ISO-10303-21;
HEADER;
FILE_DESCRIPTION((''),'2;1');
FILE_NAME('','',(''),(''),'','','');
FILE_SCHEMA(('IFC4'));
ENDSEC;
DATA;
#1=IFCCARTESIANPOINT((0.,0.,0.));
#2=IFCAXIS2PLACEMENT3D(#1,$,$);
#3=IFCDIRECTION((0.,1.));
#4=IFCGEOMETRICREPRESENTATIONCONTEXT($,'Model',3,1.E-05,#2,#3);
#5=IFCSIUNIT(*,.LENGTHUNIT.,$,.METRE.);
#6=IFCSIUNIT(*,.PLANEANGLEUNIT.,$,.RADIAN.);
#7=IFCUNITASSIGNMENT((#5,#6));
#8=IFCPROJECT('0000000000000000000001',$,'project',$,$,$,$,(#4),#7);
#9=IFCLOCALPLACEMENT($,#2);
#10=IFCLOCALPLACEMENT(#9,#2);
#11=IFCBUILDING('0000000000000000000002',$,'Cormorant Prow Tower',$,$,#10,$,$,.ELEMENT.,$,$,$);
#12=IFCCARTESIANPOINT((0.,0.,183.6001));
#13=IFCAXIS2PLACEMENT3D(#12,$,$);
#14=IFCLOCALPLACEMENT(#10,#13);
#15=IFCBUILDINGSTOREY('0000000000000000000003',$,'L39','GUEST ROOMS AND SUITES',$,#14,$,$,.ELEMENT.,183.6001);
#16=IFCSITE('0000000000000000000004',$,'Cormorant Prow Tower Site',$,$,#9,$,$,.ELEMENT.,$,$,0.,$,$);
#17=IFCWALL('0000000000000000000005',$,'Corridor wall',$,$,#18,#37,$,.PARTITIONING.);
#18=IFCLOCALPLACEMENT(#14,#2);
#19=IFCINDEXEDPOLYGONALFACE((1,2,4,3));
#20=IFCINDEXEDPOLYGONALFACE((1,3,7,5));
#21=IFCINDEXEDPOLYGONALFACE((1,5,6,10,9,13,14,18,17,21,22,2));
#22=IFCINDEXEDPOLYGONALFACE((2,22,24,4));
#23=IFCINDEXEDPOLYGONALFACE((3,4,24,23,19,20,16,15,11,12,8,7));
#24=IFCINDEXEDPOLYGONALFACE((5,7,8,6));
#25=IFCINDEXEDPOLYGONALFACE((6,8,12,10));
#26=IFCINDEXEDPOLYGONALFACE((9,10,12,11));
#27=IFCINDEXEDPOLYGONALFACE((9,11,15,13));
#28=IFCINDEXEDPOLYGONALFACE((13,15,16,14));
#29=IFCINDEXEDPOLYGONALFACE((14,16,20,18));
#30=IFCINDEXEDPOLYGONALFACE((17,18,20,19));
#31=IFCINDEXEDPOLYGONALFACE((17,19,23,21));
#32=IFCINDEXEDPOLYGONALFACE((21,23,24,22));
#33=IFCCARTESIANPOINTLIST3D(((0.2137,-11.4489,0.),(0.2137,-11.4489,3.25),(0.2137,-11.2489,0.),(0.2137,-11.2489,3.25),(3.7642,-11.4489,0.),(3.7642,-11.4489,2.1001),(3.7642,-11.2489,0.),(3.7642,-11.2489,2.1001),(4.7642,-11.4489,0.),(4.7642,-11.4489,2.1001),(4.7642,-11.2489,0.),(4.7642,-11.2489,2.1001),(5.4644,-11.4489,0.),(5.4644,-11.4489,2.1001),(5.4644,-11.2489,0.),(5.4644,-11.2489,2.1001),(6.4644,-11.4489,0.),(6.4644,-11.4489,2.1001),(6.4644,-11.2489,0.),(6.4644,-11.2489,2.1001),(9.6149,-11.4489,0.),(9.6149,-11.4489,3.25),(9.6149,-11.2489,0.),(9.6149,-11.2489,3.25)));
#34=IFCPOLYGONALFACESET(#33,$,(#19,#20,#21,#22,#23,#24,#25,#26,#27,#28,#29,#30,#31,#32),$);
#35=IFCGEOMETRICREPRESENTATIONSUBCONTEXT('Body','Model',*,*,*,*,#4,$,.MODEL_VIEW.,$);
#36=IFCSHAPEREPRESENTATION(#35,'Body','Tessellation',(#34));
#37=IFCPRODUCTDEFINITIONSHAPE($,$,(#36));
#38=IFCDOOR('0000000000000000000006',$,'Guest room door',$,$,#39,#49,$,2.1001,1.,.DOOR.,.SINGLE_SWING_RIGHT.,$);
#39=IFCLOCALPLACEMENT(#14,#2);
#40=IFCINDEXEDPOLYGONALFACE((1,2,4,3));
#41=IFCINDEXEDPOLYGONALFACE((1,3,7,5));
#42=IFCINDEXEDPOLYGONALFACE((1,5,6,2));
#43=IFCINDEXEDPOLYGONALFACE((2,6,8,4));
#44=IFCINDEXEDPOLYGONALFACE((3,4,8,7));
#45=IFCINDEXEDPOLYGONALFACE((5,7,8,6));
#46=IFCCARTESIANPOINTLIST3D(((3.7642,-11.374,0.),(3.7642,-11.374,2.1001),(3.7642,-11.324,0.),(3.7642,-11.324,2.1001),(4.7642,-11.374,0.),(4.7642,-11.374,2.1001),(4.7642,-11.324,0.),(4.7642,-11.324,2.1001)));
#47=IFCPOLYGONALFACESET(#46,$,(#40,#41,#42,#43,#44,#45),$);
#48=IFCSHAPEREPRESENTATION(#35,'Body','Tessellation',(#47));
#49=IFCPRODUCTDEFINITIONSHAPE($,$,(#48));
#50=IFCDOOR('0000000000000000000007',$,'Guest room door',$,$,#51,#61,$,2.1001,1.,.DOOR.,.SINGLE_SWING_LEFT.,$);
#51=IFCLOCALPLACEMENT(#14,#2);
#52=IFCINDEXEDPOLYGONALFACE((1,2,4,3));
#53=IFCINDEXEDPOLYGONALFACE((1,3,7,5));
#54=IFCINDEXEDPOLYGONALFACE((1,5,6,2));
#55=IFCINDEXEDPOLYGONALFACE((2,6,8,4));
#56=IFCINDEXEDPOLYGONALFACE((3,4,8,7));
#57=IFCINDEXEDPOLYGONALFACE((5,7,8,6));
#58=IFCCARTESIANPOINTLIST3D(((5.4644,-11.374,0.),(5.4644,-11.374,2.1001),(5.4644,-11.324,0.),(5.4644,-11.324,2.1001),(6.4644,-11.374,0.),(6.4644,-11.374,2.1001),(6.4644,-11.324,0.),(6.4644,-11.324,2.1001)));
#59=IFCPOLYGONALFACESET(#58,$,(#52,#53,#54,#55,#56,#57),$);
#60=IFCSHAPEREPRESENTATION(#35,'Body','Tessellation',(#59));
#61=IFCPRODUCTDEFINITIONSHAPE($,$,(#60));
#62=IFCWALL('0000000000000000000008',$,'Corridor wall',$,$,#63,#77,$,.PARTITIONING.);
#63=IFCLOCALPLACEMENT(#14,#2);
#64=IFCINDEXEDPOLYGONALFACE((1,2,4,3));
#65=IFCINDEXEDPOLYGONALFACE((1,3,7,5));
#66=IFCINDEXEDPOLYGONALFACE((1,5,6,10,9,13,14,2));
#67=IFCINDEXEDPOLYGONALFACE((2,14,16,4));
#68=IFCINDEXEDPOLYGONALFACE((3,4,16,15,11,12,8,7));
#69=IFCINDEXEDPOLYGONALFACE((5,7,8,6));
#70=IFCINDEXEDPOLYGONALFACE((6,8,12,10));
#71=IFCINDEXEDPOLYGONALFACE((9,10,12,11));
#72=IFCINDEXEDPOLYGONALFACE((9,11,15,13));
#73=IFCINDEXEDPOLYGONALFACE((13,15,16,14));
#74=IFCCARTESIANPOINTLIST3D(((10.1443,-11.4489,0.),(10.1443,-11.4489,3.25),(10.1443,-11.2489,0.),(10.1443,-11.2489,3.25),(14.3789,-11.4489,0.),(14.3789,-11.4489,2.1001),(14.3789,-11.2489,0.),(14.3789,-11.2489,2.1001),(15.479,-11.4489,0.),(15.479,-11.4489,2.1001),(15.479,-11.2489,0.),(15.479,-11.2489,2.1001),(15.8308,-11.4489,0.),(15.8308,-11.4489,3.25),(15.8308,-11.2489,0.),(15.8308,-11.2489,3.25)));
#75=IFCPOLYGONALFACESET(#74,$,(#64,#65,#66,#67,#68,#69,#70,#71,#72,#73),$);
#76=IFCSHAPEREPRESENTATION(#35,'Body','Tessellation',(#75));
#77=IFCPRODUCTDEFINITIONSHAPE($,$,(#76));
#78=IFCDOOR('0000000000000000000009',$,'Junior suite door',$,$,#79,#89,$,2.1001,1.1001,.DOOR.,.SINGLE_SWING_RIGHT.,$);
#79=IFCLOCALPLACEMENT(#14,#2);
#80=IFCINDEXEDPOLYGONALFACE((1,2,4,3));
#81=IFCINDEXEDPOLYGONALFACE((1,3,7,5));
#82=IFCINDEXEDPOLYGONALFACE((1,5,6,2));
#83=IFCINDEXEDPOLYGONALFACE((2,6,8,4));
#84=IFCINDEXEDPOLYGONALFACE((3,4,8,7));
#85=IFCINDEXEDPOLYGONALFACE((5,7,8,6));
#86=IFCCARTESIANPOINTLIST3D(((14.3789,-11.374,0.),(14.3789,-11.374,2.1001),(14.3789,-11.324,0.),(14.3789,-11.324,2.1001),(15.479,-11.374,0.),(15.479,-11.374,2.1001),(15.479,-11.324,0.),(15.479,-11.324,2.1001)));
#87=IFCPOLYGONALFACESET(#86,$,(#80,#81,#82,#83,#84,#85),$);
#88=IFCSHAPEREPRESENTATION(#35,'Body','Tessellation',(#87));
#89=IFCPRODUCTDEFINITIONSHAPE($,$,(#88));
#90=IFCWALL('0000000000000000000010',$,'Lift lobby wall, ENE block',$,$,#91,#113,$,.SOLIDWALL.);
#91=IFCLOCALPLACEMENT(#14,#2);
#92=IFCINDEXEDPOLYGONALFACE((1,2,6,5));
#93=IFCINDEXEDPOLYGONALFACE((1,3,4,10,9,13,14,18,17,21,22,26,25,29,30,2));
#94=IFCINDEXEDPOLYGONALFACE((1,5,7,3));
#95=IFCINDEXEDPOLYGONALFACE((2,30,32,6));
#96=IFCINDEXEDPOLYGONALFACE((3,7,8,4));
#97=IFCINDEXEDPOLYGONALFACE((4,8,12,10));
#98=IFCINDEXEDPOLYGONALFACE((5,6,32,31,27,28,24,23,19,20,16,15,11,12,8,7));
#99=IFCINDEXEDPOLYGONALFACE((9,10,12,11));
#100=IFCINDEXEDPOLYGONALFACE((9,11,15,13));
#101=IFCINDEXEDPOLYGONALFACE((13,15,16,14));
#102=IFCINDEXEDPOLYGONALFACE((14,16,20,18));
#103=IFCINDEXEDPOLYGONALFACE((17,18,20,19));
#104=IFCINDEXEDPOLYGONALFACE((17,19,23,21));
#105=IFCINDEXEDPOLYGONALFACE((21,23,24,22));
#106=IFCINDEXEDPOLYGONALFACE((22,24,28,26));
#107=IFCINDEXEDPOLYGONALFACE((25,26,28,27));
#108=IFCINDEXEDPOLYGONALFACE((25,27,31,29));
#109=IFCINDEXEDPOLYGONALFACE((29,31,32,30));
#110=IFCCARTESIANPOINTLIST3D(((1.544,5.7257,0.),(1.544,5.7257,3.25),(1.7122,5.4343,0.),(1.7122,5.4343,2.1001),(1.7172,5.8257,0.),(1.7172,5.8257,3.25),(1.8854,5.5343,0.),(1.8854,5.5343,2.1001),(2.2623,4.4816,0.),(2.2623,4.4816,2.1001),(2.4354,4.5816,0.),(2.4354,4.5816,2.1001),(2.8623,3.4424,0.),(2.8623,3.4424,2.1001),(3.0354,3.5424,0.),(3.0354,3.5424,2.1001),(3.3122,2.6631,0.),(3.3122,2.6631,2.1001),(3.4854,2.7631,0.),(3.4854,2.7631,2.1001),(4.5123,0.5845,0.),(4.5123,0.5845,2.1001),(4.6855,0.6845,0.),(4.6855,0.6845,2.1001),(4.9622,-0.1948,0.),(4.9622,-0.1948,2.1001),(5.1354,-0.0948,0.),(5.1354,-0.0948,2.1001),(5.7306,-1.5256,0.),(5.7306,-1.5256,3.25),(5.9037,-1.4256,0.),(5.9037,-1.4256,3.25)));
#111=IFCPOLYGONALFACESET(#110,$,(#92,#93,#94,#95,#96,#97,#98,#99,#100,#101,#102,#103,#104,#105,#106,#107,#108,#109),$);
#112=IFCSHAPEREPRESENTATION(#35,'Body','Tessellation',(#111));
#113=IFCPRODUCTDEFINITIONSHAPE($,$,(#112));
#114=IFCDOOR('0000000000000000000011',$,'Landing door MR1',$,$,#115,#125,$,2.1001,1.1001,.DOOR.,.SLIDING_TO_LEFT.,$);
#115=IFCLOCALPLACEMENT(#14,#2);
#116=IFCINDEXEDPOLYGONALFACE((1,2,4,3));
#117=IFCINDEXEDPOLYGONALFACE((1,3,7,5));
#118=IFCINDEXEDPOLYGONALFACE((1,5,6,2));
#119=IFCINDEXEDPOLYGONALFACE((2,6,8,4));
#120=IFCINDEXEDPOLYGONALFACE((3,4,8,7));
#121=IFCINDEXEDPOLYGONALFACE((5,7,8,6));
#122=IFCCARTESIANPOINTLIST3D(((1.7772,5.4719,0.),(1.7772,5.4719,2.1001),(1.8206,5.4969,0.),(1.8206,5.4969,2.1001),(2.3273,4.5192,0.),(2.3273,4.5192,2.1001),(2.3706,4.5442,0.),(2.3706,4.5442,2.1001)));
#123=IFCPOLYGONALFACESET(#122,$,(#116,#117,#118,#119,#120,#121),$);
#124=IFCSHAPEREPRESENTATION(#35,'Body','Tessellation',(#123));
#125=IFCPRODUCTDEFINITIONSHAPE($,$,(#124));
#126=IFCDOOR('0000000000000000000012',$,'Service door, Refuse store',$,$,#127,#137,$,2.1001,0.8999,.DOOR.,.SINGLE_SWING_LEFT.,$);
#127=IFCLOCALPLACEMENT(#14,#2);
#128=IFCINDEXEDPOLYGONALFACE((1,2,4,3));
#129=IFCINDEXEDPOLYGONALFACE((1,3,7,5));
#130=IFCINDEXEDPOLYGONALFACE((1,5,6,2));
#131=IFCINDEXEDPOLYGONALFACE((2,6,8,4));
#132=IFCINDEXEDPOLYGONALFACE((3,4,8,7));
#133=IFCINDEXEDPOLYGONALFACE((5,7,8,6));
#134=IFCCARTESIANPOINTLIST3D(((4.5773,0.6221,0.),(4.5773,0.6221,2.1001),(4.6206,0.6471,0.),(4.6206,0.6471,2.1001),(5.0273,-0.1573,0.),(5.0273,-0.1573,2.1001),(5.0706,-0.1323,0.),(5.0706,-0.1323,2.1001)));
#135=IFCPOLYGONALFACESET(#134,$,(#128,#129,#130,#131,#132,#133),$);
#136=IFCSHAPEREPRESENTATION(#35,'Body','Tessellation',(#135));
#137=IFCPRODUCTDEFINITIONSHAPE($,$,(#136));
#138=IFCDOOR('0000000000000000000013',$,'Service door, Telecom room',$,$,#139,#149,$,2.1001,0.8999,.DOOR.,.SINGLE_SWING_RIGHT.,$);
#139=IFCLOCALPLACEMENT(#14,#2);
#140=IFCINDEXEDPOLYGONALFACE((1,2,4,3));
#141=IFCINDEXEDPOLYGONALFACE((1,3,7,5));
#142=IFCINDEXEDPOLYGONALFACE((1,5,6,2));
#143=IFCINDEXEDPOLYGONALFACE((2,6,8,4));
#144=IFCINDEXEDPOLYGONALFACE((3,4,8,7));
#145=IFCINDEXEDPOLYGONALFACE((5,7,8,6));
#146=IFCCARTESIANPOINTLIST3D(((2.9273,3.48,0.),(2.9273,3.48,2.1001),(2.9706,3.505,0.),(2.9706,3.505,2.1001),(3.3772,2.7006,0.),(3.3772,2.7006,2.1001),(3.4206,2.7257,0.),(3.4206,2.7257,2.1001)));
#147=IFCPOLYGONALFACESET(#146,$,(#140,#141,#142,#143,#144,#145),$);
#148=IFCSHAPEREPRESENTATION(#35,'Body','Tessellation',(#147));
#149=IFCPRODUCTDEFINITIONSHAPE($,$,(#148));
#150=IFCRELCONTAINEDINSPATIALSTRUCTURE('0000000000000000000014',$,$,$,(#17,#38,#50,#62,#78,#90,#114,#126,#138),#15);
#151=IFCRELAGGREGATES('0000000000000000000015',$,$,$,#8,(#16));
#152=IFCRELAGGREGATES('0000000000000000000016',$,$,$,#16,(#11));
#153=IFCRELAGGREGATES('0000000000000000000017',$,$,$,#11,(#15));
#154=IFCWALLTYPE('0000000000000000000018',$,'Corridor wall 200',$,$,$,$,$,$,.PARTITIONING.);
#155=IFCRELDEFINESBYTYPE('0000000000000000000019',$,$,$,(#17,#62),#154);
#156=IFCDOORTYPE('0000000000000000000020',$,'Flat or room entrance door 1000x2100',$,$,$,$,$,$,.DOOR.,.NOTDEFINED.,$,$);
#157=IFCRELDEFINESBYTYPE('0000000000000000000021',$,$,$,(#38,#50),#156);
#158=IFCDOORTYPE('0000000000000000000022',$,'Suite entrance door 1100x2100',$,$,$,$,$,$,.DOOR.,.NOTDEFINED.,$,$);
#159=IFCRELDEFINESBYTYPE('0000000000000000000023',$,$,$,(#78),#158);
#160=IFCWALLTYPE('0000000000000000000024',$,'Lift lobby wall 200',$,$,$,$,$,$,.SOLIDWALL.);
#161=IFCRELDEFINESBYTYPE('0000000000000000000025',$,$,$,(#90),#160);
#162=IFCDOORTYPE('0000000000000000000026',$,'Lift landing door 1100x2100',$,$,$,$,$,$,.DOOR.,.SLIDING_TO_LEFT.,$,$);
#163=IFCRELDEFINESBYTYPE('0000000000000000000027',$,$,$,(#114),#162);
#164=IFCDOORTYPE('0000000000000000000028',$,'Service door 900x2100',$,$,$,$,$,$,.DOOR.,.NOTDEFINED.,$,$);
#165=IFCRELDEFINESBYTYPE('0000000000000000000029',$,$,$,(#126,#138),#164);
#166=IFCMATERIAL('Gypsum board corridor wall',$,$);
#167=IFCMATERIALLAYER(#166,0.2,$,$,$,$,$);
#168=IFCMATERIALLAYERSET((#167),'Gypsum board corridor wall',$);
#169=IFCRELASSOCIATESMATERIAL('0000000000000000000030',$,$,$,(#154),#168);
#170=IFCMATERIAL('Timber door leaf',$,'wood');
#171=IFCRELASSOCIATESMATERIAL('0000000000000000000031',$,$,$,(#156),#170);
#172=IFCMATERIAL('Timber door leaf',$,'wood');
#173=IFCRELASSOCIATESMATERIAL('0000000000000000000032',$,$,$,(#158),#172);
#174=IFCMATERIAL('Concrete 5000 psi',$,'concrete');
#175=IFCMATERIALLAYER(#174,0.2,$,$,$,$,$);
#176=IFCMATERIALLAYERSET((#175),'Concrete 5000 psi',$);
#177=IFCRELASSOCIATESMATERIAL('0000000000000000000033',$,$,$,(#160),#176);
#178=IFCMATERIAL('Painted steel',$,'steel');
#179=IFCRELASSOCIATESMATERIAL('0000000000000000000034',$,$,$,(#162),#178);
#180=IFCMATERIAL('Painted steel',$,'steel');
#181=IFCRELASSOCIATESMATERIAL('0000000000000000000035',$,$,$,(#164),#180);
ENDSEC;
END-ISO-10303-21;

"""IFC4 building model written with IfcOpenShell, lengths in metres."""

from ifc_helpers import new_model, si_unit, direction, frame, frame_2d, origin, place, context, subcontext, project, spatial, rectangle, extrude, material, layer, layer_set, type_object, element, fill, save


model = new_model("IFC4")

# Units and contexts
model_context = context("Model", 3, precision=1e-05, world=origin(), true_north=direction((0.0, 1.0)))
body_context = subcontext(model_context, "Body", "Model", "MODEL_VIEW")
ifc_project = project(units=[si_unit("LENGTHUNIT", "METRE"), si_unit("PLANEANGLEUNIT", "RADIAN")], contexts=[model_context])

# Site, building, storey
site_placement = place(None, origin())
site = spatial("IfcSite", under=ifc_project, at=site_placement, Name="Cormorant Prow Tower Site", CompositionType="ELEMENT", RefElevation=0.0)
building_placement = place(site_placement, origin())
building = spatial("IfcBuilding", under=site, at=building_placement, Name="Cormorant Prow Tower", CompositionType="ELEMENT")
storey_placement = place(building_placement, frame((0.0, 0.0, 183.6001)))
storey = spatial("IfcBuildingStorey", under=building, at=storey_placement, Name="L39", Description="GUEST ROOMS AND SUITES", CompositionType="ELEMENT", Elevation=183.6001)

# Wall, openings, doors
ifc_material_1 = material(Name="Gypsum board corridor wall")
ifc_layer_1 = layer(ifc_material_1, 0.2)
ifc_layer_set_1 = layer_set([ifc_layer_1], Name="Gypsum board corridor wall")
wall_type_1 = type_object("IfcWallType", Name="Corridor wall 200", PredefinedType="PARTITIONING", material=ifc_layer_set_1)
wall_1_placement = place(storey_placement, frame((0.2136, -11.3489, 0.0), z_axis=(0.0, 0.0, 1.0), x_axis=(1.0, 0.0, 0.0)))
wall_1 = element("IfcWall", 1, at=wall_1_placement, inside=storey, type_object=wall_type_1, Name="Corridor wall", PredefinedType="PARTITIONING", context=body_context, shape_type="SweptSolid", body=[
    extrude(rectangle(XDim=9.4011, YDim=0.2, at=frame_2d((4.7007, 0.0))), origin(), (0.0, 0.0, 1.0), 3.25),
])
opening_1_placement = place(wall_1_placement, frame((3.5505, 0.0, 0.0)))
opening_1 = element("IfcOpeningElement", 2, at=opening_1_placement, cuts=wall_1, PredefinedType="OPENING", context=body_context, shape_type="SweptSolid", body=[
    extrude(rectangle(XDim=1.0, YDim=2.1001, at=frame_2d((0.5, 1.05))), frame((0.0, 0.1099, 0.0), z_axis=(0.0, -1.0, 0.0), x_axis=(1.0, 0.0, 0.0)), (0.0, 0.0, 1.0), 0.22),
])
opening_2_placement = place(wall_1_placement, frame((5.2507, 0.0, 0.0)))
opening_2 = element("IfcOpeningElement", 3, at=opening_2_placement, cuts=wall_1, PredefinedType="OPENING", context=body_context, shape_type="SweptSolid", body=[
    extrude(rectangle(XDim=1.0, YDim=2.1001, at=frame_2d((0.5, 1.05))), frame((0.0, 0.1099, 0.0), z_axis=(0.0, -1.0, 0.0), x_axis=(1.0, 0.0, 0.0)), (0.0, 0.0, 1.0), 0.22),
])
ifc_material_2 = material(Name="Timber door leaf", Category="wood")
door_type_1 = type_object("IfcDoorType", Name="Flat or room entrance door 1000x2100", OperationType="NOTDEFINED", PredefinedType="DOOR", material=ifc_material_2)
door_1_placement = place(opening_1_placement, origin())
door_1 = element("IfcDoor", 4, at=door_1_placement, inside=storey, type_object=door_type_1, Name="Guest room door", OperationType="SINGLE_SWING_RIGHT", OverallHeight=2.1001, OverallWidth=1.0, PredefinedType="DOOR", context=body_context, shape_type="SweptSolid", body=[
    extrude(rectangle(XDim=1.0, YDim=2.1001, at=frame_2d((0.5, 1.05))), frame((0.0, 0.0249, 0.0), z_axis=(0.0, -1.0, 0.0), x_axis=(1.0, 0.0, 0.0)), (0.0, 0.0, 1.0), 0.05),
])
fill(opening_1, door_1)
door_2_placement = place(opening_2_placement, origin())
door_2 = element("IfcDoor", 5, at=door_2_placement, inside=storey, type_object=door_type_1, Name="Guest room door", OperationType="SINGLE_SWING_LEFT", OverallHeight=2.1001, OverallWidth=1.0, PredefinedType="DOOR", context=body_context, shape_type="SweptSolid", body=[
    extrude(rectangle(XDim=1.0, YDim=2.1001, at=frame_2d((0.5, 1.05))), frame((0.0, 0.0249, 0.0), z_axis=(0.0, -1.0, 0.0), x_axis=(1.0, 0.0, 0.0)), (0.0, 0.0, 1.0), 0.05),
])
fill(opening_2, door_2)

# Wall, opening, door
wall_2_placement = place(storey_placement, frame((10.1443, -11.3489, 0.0), z_axis=(0.0, 0.0, 1.0), x_axis=(1.0, 0.0, 0.0)))
wall_2 = element("IfcWall", 6, at=wall_2_placement, inside=storey, type_object=wall_type_1, Name="Corridor wall", PredefinedType="PARTITIONING", context=body_context, shape_type="SweptSolid", body=[
    extrude(rectangle(XDim=5.6865, YDim=0.2, at=frame_2d((2.8433, 0.0))), origin(), (0.0, 0.0, 1.0), 3.25),
])
opening_3_placement = place(wall_2_placement, frame((4.2346, 0.0, 0.0)))
opening_3 = element("IfcOpeningElement", 7, at=opening_3_placement, cuts=wall_2, PredefinedType="OPENING", context=body_context, shape_type="SweptSolid", body=[
    extrude(rectangle(XDim=1.1001, YDim=2.1001, at=frame_2d((0.55, 1.05))), frame((0.0, 0.1099, 0.0), z_axis=(0.0, -1.0, 0.0), x_axis=(1.0, 0.0, 0.0)), (0.0, 0.0, 1.0), 0.22),
])
ifc_material_3 = material(Name="Timber door leaf", Category="wood")
door_type_2 = type_object("IfcDoorType", Name="Suite entrance door 1100x2100", OperationType="NOTDEFINED", PredefinedType="DOOR", material=ifc_material_3)
door_3_placement = place(opening_3_placement, origin())
door_3 = element("IfcDoor", 8, at=door_3_placement, inside=storey, type_object=door_type_2, Name="Junior suite door", OperationType="SINGLE_SWING_RIGHT", OverallHeight=2.1001, OverallWidth=1.1001, PredefinedType="DOOR", context=body_context, shape_type="SweptSolid", body=[
    extrude(rectangle(XDim=1.1001, YDim=2.1001, at=frame_2d((0.55, 1.05))), frame((0.0, 0.0249, 0.0), z_axis=(0.0, -1.0, 0.0), x_axis=(1.0, 0.0, 0.0)), (0.0, 0.0, 1.0), 0.05),
])
fill(opening_3, door_3)

# Wall, openings, doors
ifc_material_4 = material(Name="Concrete 5000 psi", Category="concrete")
ifc_layer_2 = layer(ifc_material_4, 0.2)
ifc_layer_set_2 = layer_set([ifc_layer_2], Name="Concrete 5000 psi")
wall_type_2 = type_object("IfcWallType", Name="Lift lobby wall 200", PredefinedType="SOLIDWALL", material=ifc_layer_set_2)
wall_3_placement = place(storey_placement, frame((5.8171, -1.4756, 0.0), z_axis=(0.0, 0.0, 1.0), x_axis=(-0.500003, 0.866024, 0.0)))
wall_3 = element("IfcWall", 9, at=wall_3_placement, inside=storey, type_object=wall_type_2, Name="Lift lobby wall, ENE block", PredefinedType="SOLIDWALL", context=body_context, shape_type="SweptSolid", body=[
    extrude(rectangle(XDim=8.373, YDim=0.2, at=frame_2d((4.1865, 0.0))), origin(), (0.0, 0.0, 1.0), 3.25),
])
opening_4_placement = place(wall_3_placement, frame((1.5366, 0.0, 0.0)))
opening_4 = element("IfcOpeningElement", 10, at=opening_4_placement, cuts=wall_3, PredefinedType="OPENING", context=body_context, shape_type="SweptSolid", body=[
    extrude(rectangle(XDim=0.8999, YDim=2.1001, at=frame_2d((0.45, 1.05))), frame((0.0, 0.1099, 0.0), z_axis=(0.0, -1.0, 0.0), x_axis=(1.0, 0.0, 0.0)), (0.0, 0.0, 1.0), 0.22),
])
opening_5_placement = place(wall_3_placement, frame((4.8367, 0.0, 0.0)))
opening_5 = element("IfcOpeningElement", 11, at=opening_5_placement, cuts=wall_3, PredefinedType="OPENING", context=body_context, shape_type="SweptSolid", body=[
    extrude(rectangle(XDim=0.8999, YDim=2.1001, at=frame_2d((0.45, 1.05))), frame((0.0, 0.1099, 0.0), z_axis=(0.0, -1.0, 0.0), x_axis=(1.0, 0.0, 0.0)), (0.0, 0.0, 1.0), 0.22),
])
opening_6_placement = place(wall_3_placement, frame((6.9365, 0.0, 0.0)))
opening_6 = element("IfcOpeningElement", 12, at=opening_6_placement, cuts=wall_3, PredefinedType="OPENING", context=body_context, shape_type="SweptSolid", body=[
    extrude(rectangle(XDim=1.1001, YDim=2.1001, at=frame_2d((0.55, 1.05))), frame((0.0, 0.1099, 0.0), z_axis=(0.0, -1.0, 0.0), x_axis=(1.0, 0.0, 0.0)), (0.0, 0.0, 1.0), 0.22),
])
ifc_material_5 = material(Name="Painted steel", Category="steel")
door_type_3 = type_object("IfcDoorType", Name="Lift landing door 1100x2100", OperationType="SLIDING_TO_LEFT", PredefinedType="DOOR", material=ifc_material_5)
door_4_placement = place(opening_6_placement, origin())
door_4 = element("IfcDoor", 13, at=door_4_placement, inside=storey, type_object=door_type_3, Name="Landing door MR1", OperationType="SLIDING_TO_LEFT", OverallHeight=2.1001, OverallWidth=1.1001, PredefinedType="DOOR", context=body_context, shape_type="SweptSolid", body=[
    extrude(rectangle(XDim=1.1001, YDim=2.1001, at=frame_2d((0.55, 1.05))), frame((0.0, 0.0249, 0.0), z_axis=(0.0, -1.0, 0.0), x_axis=(1.0, 0.0, 0.0)), (0.0, 0.0, 1.0), 0.05),
])
fill(opening_6, door_4)
ifc_material_6 = material(Name="Painted steel", Category="steel")
door_type_4 = type_object("IfcDoorType", Name="Service door 900x2100", OperationType="NOTDEFINED", PredefinedType="DOOR", material=ifc_material_6)
door_5_placement = place(opening_4_placement, origin())
door_5 = element("IfcDoor", 14, at=door_5_placement, inside=storey, type_object=door_type_4, Name="Service door, Refuse store", OperationType="SINGLE_SWING_LEFT", OverallHeight=2.1001, OverallWidth=0.8999, PredefinedType="DOOR", context=body_context, shape_type="SweptSolid", body=[
    extrude(rectangle(XDim=0.8999, YDim=2.1001, at=frame_2d((0.45, 1.05))), frame((0.0, 0.0249, 0.0), z_axis=(0.0, -1.0, 0.0), x_axis=(1.0, 0.0, 0.0)), (0.0, 0.0, 1.0), 0.05),
])
fill(opening_4, door_5)
door_6_placement = place(opening_5_placement, origin())
door_6 = element("IfcDoor", 15, at=door_6_placement, inside=storey, type_object=door_type_4, Name="Service door, Telecom room", OperationType="SINGLE_SWING_RIGHT", OverallHeight=2.1001, OverallWidth=0.8999, PredefinedType="DOOR", context=body_context, shape_type="SweptSolid", body=[
    extrude(rectangle(XDim=0.8999, YDim=2.1001, at=frame_2d((0.45, 1.05))), frame((0.0, 0.0249, 0.0), z_axis=(0.0, -1.0, 0.0), x_axis=(1.0, 0.0, 0.0)), (0.0, 0.0, 1.0), 0.05),
])
fill(opening_5, door_6)

save(model, "model.ifc")
